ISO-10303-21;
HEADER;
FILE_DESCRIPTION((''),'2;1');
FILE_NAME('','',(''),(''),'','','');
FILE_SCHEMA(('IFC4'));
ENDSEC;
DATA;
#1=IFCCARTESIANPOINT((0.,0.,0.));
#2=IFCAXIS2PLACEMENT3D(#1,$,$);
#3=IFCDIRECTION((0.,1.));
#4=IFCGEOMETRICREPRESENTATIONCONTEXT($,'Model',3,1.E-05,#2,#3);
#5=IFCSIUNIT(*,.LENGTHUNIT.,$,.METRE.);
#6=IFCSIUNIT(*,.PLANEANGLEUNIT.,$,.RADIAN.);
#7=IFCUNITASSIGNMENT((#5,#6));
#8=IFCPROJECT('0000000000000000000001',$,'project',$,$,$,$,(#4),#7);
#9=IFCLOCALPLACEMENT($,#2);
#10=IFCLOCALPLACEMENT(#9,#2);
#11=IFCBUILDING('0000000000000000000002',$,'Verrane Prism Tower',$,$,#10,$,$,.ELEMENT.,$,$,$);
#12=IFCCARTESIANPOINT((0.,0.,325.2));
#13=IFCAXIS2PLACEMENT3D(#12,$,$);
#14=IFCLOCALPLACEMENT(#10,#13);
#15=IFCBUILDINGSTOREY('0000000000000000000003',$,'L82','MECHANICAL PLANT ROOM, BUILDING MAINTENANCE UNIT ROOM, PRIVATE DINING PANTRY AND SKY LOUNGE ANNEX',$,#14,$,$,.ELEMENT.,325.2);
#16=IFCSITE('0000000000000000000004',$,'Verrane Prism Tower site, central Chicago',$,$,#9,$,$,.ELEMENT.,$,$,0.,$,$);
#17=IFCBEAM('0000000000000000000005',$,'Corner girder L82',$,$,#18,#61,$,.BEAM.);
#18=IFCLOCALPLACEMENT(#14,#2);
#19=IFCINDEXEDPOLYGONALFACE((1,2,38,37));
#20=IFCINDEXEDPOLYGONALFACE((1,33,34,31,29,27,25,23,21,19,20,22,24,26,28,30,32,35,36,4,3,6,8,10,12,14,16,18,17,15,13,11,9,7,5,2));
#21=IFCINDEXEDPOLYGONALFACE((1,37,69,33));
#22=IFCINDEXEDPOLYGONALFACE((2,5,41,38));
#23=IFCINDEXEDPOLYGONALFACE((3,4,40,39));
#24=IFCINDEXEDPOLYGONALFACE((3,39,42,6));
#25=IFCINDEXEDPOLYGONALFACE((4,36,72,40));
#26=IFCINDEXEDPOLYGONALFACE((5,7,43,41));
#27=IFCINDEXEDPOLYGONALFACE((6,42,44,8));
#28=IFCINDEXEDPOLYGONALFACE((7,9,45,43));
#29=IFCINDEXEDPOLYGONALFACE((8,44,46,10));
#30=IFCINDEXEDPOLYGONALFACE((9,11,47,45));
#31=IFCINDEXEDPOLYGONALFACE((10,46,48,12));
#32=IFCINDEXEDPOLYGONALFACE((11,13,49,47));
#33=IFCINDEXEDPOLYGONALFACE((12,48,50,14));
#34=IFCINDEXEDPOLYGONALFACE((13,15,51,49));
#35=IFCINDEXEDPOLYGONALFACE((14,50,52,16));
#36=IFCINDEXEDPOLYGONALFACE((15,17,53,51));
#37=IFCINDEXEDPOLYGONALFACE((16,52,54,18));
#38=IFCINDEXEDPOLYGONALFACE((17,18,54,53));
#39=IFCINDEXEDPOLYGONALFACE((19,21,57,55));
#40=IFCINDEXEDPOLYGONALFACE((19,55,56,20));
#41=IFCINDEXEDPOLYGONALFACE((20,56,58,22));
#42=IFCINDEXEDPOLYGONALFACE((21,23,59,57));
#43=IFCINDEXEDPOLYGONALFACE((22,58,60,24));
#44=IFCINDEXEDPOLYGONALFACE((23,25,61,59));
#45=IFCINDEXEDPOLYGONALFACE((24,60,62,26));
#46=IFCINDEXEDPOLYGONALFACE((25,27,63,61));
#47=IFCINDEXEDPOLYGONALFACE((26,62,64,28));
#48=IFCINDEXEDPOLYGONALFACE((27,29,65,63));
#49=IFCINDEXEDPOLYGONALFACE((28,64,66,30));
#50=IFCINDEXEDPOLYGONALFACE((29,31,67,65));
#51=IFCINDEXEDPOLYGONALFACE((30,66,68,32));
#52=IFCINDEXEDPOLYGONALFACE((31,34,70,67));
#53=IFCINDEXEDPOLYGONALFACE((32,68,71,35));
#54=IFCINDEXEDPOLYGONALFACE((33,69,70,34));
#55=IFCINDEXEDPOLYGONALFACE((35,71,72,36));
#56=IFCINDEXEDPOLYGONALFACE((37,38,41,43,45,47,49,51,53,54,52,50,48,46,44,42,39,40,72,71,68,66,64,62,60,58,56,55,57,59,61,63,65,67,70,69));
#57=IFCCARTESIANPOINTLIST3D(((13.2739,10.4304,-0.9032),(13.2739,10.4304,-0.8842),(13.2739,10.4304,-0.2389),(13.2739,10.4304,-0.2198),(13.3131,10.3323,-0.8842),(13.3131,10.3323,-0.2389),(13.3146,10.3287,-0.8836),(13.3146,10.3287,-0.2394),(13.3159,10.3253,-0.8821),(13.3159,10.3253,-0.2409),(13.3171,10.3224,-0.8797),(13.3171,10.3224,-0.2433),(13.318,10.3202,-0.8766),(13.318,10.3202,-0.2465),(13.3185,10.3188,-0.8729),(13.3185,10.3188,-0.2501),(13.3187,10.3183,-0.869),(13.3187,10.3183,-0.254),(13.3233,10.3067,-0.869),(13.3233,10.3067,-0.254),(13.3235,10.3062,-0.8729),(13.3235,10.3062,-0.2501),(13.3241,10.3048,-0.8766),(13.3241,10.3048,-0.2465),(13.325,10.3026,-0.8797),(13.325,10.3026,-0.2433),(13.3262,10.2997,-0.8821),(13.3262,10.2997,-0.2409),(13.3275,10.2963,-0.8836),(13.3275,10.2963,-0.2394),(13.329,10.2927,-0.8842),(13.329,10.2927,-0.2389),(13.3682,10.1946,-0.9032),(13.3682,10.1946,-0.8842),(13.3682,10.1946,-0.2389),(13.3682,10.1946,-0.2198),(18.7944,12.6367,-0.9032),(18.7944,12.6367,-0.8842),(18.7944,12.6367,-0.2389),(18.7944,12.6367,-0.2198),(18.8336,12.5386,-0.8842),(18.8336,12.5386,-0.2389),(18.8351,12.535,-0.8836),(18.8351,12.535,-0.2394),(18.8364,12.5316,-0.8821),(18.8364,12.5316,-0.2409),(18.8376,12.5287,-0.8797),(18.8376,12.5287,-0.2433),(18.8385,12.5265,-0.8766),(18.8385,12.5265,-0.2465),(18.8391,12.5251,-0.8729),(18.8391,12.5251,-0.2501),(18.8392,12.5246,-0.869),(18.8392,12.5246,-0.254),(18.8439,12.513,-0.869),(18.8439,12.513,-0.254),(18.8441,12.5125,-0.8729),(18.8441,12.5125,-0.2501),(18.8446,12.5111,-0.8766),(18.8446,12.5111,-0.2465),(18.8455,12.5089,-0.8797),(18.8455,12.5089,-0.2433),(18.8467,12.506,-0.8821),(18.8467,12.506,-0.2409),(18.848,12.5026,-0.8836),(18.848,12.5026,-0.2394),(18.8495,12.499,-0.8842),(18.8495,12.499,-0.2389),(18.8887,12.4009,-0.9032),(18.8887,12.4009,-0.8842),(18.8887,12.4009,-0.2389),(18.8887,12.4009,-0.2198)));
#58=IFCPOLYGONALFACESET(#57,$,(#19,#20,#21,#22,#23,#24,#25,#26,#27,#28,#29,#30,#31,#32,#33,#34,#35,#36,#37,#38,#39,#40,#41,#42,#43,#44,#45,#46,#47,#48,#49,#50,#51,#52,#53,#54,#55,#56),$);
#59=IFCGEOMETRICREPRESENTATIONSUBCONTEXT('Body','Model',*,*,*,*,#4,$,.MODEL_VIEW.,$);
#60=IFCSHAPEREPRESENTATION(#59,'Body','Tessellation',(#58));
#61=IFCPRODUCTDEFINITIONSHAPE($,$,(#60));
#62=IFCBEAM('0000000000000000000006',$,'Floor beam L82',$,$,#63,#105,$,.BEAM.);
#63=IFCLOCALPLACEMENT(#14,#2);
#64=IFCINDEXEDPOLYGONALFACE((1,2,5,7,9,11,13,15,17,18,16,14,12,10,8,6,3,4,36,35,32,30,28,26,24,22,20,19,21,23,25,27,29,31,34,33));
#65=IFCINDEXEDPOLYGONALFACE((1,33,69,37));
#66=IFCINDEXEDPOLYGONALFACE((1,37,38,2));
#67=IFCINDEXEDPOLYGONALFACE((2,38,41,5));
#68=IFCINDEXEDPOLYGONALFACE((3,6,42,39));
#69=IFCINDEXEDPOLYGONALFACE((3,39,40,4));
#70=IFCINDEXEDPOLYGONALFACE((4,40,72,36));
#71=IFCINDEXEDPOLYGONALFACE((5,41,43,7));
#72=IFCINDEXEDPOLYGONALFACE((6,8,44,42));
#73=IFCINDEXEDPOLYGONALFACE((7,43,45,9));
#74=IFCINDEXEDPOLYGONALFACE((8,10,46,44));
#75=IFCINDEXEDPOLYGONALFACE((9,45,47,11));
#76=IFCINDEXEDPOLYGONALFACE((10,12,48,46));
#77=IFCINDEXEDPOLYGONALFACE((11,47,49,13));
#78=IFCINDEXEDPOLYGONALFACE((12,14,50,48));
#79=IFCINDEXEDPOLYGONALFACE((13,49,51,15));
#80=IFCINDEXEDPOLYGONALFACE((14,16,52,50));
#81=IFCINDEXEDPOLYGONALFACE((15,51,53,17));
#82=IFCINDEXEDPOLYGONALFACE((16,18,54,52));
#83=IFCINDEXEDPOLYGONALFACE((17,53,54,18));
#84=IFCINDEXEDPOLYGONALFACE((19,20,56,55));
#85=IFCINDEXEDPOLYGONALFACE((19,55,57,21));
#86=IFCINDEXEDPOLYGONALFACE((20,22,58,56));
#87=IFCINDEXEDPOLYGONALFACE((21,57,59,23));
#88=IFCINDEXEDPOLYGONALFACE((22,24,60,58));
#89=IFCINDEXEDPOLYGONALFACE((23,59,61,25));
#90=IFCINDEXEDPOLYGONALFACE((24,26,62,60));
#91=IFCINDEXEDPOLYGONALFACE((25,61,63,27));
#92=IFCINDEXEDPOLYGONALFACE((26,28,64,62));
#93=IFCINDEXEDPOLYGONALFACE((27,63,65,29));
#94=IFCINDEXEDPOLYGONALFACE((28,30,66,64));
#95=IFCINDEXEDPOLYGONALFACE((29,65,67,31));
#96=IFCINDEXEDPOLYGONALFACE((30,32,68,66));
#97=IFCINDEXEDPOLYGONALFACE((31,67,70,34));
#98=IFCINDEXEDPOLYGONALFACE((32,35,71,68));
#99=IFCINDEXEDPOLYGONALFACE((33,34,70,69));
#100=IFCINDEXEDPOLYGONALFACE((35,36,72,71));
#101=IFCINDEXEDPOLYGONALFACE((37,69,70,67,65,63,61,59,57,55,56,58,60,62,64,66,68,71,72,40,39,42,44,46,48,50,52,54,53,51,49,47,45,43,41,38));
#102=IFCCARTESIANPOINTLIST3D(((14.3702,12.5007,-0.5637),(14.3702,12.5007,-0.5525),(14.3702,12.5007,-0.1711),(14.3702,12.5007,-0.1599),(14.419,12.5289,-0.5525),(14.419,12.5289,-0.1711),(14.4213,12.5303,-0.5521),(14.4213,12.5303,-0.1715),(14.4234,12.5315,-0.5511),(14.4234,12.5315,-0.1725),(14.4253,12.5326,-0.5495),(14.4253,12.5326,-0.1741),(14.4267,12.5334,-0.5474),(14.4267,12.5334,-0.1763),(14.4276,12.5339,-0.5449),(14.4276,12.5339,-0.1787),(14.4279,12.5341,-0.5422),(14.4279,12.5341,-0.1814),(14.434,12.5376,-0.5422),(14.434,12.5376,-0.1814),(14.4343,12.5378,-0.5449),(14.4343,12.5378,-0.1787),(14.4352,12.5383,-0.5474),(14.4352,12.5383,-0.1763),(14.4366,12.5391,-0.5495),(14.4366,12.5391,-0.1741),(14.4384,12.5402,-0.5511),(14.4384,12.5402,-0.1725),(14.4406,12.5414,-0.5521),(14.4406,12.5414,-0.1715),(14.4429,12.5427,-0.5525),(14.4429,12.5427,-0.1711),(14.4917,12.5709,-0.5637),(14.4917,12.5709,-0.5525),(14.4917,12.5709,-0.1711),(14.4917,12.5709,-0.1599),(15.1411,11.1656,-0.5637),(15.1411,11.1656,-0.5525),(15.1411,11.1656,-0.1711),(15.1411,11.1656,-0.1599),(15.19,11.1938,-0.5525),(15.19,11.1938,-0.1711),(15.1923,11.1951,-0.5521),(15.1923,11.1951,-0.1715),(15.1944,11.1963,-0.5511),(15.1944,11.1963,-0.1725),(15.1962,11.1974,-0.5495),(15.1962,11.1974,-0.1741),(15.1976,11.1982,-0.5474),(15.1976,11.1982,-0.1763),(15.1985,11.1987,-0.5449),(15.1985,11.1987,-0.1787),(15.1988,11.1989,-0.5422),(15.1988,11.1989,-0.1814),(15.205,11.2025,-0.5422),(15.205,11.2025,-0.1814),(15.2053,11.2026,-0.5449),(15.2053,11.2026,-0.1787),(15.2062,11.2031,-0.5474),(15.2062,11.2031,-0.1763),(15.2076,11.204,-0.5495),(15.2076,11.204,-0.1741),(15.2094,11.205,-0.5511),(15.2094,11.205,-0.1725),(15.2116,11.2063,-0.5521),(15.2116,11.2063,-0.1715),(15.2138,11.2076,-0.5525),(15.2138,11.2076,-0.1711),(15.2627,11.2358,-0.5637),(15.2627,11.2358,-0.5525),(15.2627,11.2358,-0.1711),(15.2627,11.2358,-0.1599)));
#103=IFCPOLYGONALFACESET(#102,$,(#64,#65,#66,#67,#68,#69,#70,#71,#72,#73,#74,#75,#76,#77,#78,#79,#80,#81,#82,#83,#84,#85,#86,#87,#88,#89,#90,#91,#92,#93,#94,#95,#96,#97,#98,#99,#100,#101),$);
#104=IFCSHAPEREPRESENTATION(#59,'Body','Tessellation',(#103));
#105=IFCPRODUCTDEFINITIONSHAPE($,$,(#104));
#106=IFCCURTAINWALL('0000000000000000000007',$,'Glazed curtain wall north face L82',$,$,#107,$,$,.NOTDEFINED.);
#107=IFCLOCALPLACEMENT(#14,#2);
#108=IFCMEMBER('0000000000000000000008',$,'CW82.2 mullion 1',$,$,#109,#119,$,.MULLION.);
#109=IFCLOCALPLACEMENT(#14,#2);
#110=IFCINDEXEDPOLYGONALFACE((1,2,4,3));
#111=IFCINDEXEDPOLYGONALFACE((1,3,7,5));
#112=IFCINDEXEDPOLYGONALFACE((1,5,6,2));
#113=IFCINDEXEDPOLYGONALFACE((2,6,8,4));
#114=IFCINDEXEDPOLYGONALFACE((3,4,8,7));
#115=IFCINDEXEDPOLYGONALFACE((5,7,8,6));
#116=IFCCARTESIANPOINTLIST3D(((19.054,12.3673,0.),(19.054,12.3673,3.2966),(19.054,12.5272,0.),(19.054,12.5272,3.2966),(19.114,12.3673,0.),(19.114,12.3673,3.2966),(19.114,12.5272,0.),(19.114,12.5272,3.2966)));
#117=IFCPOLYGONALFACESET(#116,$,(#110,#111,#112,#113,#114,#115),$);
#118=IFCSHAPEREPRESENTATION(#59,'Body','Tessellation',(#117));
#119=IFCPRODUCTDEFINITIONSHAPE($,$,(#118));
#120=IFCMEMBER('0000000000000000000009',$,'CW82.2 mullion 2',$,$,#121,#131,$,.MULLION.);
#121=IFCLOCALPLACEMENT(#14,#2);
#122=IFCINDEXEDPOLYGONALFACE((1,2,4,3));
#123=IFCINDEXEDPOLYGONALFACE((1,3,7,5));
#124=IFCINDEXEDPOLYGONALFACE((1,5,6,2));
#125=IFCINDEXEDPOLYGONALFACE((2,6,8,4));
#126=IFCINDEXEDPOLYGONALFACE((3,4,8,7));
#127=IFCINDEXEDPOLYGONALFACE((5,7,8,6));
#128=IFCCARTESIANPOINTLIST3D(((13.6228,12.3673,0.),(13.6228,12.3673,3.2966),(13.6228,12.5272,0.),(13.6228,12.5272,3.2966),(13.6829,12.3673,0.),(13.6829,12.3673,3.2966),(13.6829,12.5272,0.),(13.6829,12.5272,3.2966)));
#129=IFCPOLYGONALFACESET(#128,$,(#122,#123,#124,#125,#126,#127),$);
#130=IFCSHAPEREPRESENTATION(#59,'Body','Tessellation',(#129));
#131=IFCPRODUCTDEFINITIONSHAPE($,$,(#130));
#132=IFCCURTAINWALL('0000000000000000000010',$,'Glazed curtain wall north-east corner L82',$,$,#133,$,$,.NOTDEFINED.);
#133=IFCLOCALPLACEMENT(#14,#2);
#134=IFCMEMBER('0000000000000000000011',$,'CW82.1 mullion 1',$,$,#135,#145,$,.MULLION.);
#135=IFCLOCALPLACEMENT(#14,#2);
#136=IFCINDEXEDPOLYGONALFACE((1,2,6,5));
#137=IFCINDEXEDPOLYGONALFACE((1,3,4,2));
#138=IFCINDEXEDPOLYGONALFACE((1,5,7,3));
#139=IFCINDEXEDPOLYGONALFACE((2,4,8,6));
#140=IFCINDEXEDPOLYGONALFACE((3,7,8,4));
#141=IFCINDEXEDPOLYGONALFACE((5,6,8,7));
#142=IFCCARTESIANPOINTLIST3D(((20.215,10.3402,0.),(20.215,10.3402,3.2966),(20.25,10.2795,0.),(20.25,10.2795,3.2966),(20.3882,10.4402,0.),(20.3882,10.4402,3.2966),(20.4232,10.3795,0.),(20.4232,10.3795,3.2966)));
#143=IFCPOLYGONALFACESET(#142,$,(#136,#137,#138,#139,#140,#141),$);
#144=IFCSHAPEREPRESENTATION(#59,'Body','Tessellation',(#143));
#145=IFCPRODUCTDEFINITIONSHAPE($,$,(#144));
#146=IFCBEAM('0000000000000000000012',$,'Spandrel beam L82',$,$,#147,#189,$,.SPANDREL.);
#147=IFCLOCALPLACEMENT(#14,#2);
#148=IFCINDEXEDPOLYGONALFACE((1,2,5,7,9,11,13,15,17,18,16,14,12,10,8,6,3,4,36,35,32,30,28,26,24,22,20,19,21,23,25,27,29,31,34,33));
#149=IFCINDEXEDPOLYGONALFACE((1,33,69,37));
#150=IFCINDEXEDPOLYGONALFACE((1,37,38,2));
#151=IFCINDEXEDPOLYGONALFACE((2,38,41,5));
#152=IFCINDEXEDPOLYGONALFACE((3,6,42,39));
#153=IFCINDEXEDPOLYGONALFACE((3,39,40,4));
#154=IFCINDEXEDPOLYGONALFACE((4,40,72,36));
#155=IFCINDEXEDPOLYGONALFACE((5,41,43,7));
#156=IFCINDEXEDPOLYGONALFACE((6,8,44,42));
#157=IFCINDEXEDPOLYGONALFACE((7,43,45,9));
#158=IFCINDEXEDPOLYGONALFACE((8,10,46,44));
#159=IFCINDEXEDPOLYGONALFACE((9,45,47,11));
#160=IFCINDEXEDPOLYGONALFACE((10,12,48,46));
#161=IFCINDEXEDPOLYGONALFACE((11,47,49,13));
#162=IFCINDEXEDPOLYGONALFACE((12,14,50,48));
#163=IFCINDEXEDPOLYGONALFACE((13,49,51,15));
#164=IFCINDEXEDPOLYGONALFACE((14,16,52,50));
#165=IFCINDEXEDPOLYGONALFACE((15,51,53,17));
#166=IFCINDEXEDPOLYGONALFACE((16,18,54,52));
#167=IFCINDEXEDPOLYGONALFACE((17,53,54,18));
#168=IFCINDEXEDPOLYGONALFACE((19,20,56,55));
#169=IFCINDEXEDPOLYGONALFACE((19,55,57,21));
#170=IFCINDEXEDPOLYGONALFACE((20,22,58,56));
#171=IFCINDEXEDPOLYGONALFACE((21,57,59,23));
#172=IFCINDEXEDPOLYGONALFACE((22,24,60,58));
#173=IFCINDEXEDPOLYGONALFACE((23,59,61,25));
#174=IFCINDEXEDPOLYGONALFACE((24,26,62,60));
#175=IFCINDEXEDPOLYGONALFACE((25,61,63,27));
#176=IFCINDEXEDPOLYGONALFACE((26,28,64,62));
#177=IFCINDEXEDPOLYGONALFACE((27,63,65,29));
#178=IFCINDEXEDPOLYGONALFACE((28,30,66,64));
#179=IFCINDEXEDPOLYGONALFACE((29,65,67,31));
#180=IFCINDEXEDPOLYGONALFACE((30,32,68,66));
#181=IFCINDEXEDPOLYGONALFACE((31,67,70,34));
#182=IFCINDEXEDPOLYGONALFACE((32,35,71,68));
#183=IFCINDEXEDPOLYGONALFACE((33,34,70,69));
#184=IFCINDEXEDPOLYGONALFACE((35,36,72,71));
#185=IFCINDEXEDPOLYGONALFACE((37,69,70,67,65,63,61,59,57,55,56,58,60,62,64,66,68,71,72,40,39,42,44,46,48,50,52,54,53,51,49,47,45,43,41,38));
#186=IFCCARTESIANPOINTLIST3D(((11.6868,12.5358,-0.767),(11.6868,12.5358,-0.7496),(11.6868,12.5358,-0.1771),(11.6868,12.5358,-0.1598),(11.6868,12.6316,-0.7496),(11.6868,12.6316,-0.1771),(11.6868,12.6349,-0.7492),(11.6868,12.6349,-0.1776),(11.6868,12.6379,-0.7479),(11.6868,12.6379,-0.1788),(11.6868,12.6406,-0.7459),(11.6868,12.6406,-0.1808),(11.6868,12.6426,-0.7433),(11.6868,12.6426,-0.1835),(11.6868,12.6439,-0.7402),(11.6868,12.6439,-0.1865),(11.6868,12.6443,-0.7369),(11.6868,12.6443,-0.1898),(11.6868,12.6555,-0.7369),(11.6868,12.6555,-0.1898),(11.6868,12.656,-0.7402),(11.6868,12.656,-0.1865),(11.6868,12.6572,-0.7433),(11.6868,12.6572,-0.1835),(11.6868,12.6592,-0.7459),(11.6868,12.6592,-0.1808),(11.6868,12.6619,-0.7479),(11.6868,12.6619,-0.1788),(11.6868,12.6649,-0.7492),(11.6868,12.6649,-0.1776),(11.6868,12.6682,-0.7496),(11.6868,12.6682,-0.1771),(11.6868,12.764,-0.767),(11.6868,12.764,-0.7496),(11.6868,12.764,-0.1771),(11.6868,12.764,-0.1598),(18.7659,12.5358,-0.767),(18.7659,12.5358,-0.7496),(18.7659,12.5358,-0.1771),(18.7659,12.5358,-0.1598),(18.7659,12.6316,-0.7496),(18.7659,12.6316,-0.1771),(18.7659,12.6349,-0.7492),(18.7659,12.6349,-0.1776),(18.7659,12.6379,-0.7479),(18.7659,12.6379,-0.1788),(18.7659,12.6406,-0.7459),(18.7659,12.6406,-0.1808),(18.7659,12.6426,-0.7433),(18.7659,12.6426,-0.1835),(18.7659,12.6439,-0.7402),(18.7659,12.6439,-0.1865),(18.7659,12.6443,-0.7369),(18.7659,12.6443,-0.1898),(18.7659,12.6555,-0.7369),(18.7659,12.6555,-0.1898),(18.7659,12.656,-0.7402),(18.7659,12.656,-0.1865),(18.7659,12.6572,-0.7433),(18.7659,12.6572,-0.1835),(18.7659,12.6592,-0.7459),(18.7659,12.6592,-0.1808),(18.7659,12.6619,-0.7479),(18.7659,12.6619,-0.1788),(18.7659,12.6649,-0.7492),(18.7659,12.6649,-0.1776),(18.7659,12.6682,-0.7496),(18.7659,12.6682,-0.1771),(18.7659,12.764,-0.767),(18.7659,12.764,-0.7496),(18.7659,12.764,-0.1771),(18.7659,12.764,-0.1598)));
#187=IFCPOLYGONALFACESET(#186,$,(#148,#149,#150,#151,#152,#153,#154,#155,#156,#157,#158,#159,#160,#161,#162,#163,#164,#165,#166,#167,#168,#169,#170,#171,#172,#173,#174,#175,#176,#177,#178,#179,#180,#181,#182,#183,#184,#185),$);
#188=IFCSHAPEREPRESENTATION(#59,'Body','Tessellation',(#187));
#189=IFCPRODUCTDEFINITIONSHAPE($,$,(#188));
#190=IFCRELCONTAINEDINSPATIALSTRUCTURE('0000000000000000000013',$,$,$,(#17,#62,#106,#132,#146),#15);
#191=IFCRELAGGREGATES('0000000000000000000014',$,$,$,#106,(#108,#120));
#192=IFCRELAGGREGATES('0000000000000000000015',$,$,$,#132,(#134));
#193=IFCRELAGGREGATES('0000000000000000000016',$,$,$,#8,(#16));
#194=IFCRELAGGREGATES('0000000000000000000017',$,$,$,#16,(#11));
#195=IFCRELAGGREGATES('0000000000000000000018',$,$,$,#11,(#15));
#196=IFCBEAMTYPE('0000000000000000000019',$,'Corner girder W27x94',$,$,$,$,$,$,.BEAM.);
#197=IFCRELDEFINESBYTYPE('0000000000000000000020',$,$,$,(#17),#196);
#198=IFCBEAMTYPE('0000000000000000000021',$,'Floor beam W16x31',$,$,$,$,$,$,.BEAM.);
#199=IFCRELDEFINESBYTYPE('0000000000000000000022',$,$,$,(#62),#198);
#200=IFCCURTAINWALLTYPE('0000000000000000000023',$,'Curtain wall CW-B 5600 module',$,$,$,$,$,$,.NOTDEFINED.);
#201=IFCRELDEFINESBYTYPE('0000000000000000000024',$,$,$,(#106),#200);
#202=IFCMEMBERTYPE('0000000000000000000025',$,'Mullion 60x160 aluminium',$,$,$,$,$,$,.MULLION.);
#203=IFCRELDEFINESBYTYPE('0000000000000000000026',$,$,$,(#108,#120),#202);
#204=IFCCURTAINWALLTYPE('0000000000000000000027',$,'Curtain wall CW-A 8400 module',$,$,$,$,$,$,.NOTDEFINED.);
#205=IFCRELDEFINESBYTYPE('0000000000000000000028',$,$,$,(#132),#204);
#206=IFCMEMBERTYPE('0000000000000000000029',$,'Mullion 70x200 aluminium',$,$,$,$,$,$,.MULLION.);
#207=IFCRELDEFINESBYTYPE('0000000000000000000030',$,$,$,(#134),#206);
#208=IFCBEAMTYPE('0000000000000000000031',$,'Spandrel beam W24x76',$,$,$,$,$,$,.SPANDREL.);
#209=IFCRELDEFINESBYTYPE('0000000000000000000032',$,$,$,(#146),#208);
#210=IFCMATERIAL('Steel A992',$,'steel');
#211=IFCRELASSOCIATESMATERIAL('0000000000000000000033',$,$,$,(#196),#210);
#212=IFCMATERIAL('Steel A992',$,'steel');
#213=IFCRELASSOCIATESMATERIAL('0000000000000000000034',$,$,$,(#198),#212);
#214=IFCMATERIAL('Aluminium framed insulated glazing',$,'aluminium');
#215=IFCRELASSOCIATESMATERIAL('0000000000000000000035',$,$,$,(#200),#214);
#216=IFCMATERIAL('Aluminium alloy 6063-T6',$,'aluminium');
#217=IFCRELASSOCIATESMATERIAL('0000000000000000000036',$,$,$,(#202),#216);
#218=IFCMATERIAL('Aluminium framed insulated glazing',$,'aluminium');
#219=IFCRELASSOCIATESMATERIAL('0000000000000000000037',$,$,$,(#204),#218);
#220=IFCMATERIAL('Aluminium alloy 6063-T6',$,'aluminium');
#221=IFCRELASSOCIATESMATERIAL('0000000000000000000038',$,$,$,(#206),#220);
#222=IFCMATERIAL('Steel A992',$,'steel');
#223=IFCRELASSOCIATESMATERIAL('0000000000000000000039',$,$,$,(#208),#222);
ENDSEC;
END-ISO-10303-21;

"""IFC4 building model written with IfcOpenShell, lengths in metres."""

from ifc_helpers import new_model, si_unit, direction, frame, origin, origin_2d, place, context, subcontext, project, spatial, rectangle, i_section, extrude, material, material_profile, profile_set, type_object, element, aggregate, save


model = new_model("IFC4")

# Units and contexts
model_context = context("Model", 3, precision=1e-05, world=origin(), true_north=direction((0.0, 1.0)))
body_context = subcontext(model_context, "Body", "Model", "MODEL_VIEW")
ifc_project = project(units=[si_unit("LENGTHUNIT", "METRE"), si_unit("PLANEANGLEUNIT", "RADIAN")], contexts=[model_context])

# Site, building, storey
site_placement = place(None, origin())
site = spatial("IfcSite", under=ifc_project, at=site_placement, Name="Verrane Prism Tower site, central Chicago", CompositionType="ELEMENT", RefElevation=0.0)
building_placement = place(site_placement, origin())
building = spatial("IfcBuilding", under=site, at=building_placement, Name="Verrane Prism Tower", CompositionType="ELEMENT")
storey_placement = place(building_placement, frame((0.0, 0.0, 325.2)))
storey = spatial("IfcBuildingStorey", under=building, at=storey_placement, Name="L82", Description="MECHANICAL PLANT ROOM, BUILDING MAINTENANCE UNIT ROOM, PRIVATE DINING PANTRY AND SKY LOUNGE ANNEX", CompositionType="ELEMENT", Elevation=325.2)

# Beams
ifc_material_1 = material(Name="Steel A992", Category="steel")
ifc_material_profile_1 = material_profile(ifc_material_1, i_section(OverallWidth=0.2539, OverallDepth=0.6833, WebThickness=0.0125, FlangeThickness=0.019, FilletRadius=0.0151, at=origin_2d()), Name="W27x94")
ifc_profile_set_1 = profile_set([ifc_material_profile_1], Name="Steel A992")
beam_type_1 = type_object("IfcBeamType", Name="Corner girder W27x94", PredefinedType="BEAM", material=ifc_profile_set_1)
beam_1_placement = place(storey_placement, frame((18.8416, 12.5188, -0.5615), z_axis=(-0.928587, -0.371115, 0.0), x_axis=(0.371115, -0.928587, 0.0)))
element("IfcBeam", 1, at=beam_1_placement, inside=storey, type_object=beam_type_1, Name="Corner girder L82", PredefinedType="BEAM", context=body_context, shape_type="SweptSolid", body=[
    extrude(i_section(OverallWidth=0.2539, OverallDepth=0.6833, WebThickness=0.0125, FlangeThickness=0.019, FilletRadius=0.0151, at=origin_2d()), origin(), (0.0, 0.0, 1.0), 5.9451),
])
ifc_material_2 = material(Name="Steel A992", Category="steel")
ifc_material_profile_2 = material_profile(ifc_material_2, i_section(OverallWidth=0.1404, OverallDepth=0.4038, WebThickness=0.0071, FlangeThickness=0.0112, FilletRadius=0.0103, at=origin_2d()), Name="W16x31")
ifc_profile_set_2 = profile_set([ifc_material_profile_2], Name="Steel A992")
beam_type_2 = type_object("IfcBeamType", Name="Floor beam W16x31", PredefinedType="BEAM", material=ifc_profile_set_2)
beam_2_placement = place(storey_placement, frame((15.2019, 11.2007, -0.3618), z_axis=(-0.500056, 0.865993, 0.0), x_axis=(-0.865993, -0.500056, 0.0)))
element("IfcBeam", 2, at=beam_2_placement, inside=storey, type_object=beam_type_2, Name="Floor beam L82", PredefinedType="BEAM", context=body_context, shape_type="SweptSolid", body=[
    extrude(i_section(OverallWidth=0.1404, OverallDepth=0.4038, WebThickness=0.0071, FlangeThickness=0.0112, FilletRadius=0.0103, at=origin_2d()), origin(), (0.0, 0.0, 1.0), 1.5417),
])

# Curtain wall, members
ifc_material_3 = material(Name="Aluminium framed insulated glazing", Category="aluminium")
curtain_wall_type_1 = type_object("IfcCurtainWallType", Name="Curtain wall CW-B 5600 module", PredefinedType="NOTDEFINED", material=ifc_material_3)
curtain_wall_1_placement = place(storey_placement, origin())
curtain_wall_1 = element("IfcCurtainWall", 3, at=curtain_wall_1_placement, inside=storey, type_object=curtain_wall_type_1, Name="Glazed curtain wall north face L82", PredefinedType="NOTDEFINED")
ifc_material_4 = material(Name="Aluminium alloy 6063-T6", Category="aluminium")
ifc_material_profile_3 = material_profile(ifc_material_4, rectangle(XDim=0.1599, YDim=0.0601, at=origin_2d()), Name="Mullion 60x160 aluminium")
ifc_profile_set_3 = profile_set([ifc_material_profile_3], Name="Aluminium alloy 6063-T6")
member_type_1 = type_object("IfcMemberType", Name="Mullion 60x160 aluminium", PredefinedType="MULLION", material=ifc_profile_set_3)
member_1_placement = place(storey_placement, frame((19.084, 12.4473, 0.0), z_axis=(0.0, 0.0, 1.0), x_axis=(0.0, -1.0, 0.0)))
member_1 = element("IfcMember", 4, at=member_1_placement, type_object=member_type_1, Name="CW82.2 mullion 1", PredefinedType="MULLION", context=body_context, shape_type="SweptSolid", body=[
    extrude(rectangle(XDim=0.1599, YDim=0.0601, at=origin_2d()), origin(), (0.0, 0.0, 1.0), 3.2966),
])
member_2_placement = place(storey_placement, frame((13.6528, 12.4473, 0.0), z_axis=(0.0, 0.0, 1.0), x_axis=(0.0, -1.0, 0.0)))
member_2 = element("IfcMember", 5, at=member_2_placement, type_object=member_type_1, Name="CW82.2 mullion 2", PredefinedType="MULLION", context=body_context, shape_type="SweptSolid", body=[
    extrude(rectangle(XDim=0.1599, YDim=0.0601, at=origin_2d()), origin(), (0.0, 0.0, 1.0), 3.2966),
])

# Curtain wall, member
ifc_material_5 = material(Name="Aluminium framed insulated glazing", Category="aluminium")
curtain_wall_type_2 = type_object("IfcCurtainWallType", Name="Curtain wall CW-A 8400 module", PredefinedType="NOTDEFINED", material=ifc_material_5)
curtain_wall_2_placement = place(storey_placement, origin())
curtain_wall_2 = element("IfcCurtainWall", 6, at=curtain_wall_2_placement, inside=storey, type_object=curtain_wall_type_2, Name="Glazed curtain wall north-east corner L82", PredefinedType="NOTDEFINED")
ifc_material_6 = material(Name="Aluminium alloy 6063-T6", Category="aluminium")
ifc_material_profile_4 = material_profile(ifc_material_6, rectangle(XDim=0.2, YDim=0.0701, at=origin_2d()), Name="Mullion 70x200 aluminium")
ifc_profile_set_4 = profile_set([ifc_material_profile_4], Name="Aluminium alloy 6063-T6")
member_type_2 = type_object("IfcMemberType", Name="Mullion 70x200 aluminium", PredefinedType="MULLION", material=ifc_profile_set_4)
member_3_placement = place(storey_placement, frame((20.3191, 10.3599, 0.0), z_axis=(0.0, 0.0, 1.0), x_axis=(-0.866025, -0.500001, 0.0)))
member_3 = element("IfcMember", 7, at=member_3_placement, type_object=member_type_2, Name="CW82.1 mullion 1", PredefinedType="MULLION", context=body_context, shape_type="SweptSolid", body=[
    extrude(rectangle(XDim=0.2, YDim=0.0701, at=origin_2d()), origin(), (0.0, 0.0, 1.0), 3.2966),
])

# Beam
ifc_material_7 = material(Name="Steel A992", Category="steel")
ifc_material_profile_5 = material_profile(ifc_material_7, i_section(OverallWidth=0.2283, OverallDepth=0.6072, WebThickness=0.0112, FlangeThickness=0.0173, FilletRadius=0.0127, at=origin_2d()), Name="W24x76")
ifc_profile_set_5 = profile_set([ifc_material_profile_5], Name="Steel A992")
beam_type_3 = type_object("IfcBeamType", Name="Spandrel beam W24x76", PredefinedType="SPANDREL", material=ifc_profile_set_5)
beam_3_placement = place(storey_placement, frame((18.7659, 12.6499, -0.4634), z_axis=(-1.0, 0.0, 0.0), x_axis=(0.0, -1.0, 0.0)))
element("IfcBeam", 8, at=beam_3_placement, inside=storey, type_object=beam_type_3, Name="Spandrel beam L82", PredefinedType="SPANDREL", context=body_context, shape_type="SweptSolid", body=[
    extrude(i_section(OverallWidth=0.2283, OverallDepth=0.6072, WebThickness=0.0112, FlangeThickness=0.0173, FilletRadius=0.0127, at=origin_2d()), origin(), (0.0, 0.0, 1.0), 7.0791),
])

aggregate(curtain_wall_1, [member_1, member_2])
aggregate(curtain_wall_2, [member_3])

save(model, "model.ifc")
